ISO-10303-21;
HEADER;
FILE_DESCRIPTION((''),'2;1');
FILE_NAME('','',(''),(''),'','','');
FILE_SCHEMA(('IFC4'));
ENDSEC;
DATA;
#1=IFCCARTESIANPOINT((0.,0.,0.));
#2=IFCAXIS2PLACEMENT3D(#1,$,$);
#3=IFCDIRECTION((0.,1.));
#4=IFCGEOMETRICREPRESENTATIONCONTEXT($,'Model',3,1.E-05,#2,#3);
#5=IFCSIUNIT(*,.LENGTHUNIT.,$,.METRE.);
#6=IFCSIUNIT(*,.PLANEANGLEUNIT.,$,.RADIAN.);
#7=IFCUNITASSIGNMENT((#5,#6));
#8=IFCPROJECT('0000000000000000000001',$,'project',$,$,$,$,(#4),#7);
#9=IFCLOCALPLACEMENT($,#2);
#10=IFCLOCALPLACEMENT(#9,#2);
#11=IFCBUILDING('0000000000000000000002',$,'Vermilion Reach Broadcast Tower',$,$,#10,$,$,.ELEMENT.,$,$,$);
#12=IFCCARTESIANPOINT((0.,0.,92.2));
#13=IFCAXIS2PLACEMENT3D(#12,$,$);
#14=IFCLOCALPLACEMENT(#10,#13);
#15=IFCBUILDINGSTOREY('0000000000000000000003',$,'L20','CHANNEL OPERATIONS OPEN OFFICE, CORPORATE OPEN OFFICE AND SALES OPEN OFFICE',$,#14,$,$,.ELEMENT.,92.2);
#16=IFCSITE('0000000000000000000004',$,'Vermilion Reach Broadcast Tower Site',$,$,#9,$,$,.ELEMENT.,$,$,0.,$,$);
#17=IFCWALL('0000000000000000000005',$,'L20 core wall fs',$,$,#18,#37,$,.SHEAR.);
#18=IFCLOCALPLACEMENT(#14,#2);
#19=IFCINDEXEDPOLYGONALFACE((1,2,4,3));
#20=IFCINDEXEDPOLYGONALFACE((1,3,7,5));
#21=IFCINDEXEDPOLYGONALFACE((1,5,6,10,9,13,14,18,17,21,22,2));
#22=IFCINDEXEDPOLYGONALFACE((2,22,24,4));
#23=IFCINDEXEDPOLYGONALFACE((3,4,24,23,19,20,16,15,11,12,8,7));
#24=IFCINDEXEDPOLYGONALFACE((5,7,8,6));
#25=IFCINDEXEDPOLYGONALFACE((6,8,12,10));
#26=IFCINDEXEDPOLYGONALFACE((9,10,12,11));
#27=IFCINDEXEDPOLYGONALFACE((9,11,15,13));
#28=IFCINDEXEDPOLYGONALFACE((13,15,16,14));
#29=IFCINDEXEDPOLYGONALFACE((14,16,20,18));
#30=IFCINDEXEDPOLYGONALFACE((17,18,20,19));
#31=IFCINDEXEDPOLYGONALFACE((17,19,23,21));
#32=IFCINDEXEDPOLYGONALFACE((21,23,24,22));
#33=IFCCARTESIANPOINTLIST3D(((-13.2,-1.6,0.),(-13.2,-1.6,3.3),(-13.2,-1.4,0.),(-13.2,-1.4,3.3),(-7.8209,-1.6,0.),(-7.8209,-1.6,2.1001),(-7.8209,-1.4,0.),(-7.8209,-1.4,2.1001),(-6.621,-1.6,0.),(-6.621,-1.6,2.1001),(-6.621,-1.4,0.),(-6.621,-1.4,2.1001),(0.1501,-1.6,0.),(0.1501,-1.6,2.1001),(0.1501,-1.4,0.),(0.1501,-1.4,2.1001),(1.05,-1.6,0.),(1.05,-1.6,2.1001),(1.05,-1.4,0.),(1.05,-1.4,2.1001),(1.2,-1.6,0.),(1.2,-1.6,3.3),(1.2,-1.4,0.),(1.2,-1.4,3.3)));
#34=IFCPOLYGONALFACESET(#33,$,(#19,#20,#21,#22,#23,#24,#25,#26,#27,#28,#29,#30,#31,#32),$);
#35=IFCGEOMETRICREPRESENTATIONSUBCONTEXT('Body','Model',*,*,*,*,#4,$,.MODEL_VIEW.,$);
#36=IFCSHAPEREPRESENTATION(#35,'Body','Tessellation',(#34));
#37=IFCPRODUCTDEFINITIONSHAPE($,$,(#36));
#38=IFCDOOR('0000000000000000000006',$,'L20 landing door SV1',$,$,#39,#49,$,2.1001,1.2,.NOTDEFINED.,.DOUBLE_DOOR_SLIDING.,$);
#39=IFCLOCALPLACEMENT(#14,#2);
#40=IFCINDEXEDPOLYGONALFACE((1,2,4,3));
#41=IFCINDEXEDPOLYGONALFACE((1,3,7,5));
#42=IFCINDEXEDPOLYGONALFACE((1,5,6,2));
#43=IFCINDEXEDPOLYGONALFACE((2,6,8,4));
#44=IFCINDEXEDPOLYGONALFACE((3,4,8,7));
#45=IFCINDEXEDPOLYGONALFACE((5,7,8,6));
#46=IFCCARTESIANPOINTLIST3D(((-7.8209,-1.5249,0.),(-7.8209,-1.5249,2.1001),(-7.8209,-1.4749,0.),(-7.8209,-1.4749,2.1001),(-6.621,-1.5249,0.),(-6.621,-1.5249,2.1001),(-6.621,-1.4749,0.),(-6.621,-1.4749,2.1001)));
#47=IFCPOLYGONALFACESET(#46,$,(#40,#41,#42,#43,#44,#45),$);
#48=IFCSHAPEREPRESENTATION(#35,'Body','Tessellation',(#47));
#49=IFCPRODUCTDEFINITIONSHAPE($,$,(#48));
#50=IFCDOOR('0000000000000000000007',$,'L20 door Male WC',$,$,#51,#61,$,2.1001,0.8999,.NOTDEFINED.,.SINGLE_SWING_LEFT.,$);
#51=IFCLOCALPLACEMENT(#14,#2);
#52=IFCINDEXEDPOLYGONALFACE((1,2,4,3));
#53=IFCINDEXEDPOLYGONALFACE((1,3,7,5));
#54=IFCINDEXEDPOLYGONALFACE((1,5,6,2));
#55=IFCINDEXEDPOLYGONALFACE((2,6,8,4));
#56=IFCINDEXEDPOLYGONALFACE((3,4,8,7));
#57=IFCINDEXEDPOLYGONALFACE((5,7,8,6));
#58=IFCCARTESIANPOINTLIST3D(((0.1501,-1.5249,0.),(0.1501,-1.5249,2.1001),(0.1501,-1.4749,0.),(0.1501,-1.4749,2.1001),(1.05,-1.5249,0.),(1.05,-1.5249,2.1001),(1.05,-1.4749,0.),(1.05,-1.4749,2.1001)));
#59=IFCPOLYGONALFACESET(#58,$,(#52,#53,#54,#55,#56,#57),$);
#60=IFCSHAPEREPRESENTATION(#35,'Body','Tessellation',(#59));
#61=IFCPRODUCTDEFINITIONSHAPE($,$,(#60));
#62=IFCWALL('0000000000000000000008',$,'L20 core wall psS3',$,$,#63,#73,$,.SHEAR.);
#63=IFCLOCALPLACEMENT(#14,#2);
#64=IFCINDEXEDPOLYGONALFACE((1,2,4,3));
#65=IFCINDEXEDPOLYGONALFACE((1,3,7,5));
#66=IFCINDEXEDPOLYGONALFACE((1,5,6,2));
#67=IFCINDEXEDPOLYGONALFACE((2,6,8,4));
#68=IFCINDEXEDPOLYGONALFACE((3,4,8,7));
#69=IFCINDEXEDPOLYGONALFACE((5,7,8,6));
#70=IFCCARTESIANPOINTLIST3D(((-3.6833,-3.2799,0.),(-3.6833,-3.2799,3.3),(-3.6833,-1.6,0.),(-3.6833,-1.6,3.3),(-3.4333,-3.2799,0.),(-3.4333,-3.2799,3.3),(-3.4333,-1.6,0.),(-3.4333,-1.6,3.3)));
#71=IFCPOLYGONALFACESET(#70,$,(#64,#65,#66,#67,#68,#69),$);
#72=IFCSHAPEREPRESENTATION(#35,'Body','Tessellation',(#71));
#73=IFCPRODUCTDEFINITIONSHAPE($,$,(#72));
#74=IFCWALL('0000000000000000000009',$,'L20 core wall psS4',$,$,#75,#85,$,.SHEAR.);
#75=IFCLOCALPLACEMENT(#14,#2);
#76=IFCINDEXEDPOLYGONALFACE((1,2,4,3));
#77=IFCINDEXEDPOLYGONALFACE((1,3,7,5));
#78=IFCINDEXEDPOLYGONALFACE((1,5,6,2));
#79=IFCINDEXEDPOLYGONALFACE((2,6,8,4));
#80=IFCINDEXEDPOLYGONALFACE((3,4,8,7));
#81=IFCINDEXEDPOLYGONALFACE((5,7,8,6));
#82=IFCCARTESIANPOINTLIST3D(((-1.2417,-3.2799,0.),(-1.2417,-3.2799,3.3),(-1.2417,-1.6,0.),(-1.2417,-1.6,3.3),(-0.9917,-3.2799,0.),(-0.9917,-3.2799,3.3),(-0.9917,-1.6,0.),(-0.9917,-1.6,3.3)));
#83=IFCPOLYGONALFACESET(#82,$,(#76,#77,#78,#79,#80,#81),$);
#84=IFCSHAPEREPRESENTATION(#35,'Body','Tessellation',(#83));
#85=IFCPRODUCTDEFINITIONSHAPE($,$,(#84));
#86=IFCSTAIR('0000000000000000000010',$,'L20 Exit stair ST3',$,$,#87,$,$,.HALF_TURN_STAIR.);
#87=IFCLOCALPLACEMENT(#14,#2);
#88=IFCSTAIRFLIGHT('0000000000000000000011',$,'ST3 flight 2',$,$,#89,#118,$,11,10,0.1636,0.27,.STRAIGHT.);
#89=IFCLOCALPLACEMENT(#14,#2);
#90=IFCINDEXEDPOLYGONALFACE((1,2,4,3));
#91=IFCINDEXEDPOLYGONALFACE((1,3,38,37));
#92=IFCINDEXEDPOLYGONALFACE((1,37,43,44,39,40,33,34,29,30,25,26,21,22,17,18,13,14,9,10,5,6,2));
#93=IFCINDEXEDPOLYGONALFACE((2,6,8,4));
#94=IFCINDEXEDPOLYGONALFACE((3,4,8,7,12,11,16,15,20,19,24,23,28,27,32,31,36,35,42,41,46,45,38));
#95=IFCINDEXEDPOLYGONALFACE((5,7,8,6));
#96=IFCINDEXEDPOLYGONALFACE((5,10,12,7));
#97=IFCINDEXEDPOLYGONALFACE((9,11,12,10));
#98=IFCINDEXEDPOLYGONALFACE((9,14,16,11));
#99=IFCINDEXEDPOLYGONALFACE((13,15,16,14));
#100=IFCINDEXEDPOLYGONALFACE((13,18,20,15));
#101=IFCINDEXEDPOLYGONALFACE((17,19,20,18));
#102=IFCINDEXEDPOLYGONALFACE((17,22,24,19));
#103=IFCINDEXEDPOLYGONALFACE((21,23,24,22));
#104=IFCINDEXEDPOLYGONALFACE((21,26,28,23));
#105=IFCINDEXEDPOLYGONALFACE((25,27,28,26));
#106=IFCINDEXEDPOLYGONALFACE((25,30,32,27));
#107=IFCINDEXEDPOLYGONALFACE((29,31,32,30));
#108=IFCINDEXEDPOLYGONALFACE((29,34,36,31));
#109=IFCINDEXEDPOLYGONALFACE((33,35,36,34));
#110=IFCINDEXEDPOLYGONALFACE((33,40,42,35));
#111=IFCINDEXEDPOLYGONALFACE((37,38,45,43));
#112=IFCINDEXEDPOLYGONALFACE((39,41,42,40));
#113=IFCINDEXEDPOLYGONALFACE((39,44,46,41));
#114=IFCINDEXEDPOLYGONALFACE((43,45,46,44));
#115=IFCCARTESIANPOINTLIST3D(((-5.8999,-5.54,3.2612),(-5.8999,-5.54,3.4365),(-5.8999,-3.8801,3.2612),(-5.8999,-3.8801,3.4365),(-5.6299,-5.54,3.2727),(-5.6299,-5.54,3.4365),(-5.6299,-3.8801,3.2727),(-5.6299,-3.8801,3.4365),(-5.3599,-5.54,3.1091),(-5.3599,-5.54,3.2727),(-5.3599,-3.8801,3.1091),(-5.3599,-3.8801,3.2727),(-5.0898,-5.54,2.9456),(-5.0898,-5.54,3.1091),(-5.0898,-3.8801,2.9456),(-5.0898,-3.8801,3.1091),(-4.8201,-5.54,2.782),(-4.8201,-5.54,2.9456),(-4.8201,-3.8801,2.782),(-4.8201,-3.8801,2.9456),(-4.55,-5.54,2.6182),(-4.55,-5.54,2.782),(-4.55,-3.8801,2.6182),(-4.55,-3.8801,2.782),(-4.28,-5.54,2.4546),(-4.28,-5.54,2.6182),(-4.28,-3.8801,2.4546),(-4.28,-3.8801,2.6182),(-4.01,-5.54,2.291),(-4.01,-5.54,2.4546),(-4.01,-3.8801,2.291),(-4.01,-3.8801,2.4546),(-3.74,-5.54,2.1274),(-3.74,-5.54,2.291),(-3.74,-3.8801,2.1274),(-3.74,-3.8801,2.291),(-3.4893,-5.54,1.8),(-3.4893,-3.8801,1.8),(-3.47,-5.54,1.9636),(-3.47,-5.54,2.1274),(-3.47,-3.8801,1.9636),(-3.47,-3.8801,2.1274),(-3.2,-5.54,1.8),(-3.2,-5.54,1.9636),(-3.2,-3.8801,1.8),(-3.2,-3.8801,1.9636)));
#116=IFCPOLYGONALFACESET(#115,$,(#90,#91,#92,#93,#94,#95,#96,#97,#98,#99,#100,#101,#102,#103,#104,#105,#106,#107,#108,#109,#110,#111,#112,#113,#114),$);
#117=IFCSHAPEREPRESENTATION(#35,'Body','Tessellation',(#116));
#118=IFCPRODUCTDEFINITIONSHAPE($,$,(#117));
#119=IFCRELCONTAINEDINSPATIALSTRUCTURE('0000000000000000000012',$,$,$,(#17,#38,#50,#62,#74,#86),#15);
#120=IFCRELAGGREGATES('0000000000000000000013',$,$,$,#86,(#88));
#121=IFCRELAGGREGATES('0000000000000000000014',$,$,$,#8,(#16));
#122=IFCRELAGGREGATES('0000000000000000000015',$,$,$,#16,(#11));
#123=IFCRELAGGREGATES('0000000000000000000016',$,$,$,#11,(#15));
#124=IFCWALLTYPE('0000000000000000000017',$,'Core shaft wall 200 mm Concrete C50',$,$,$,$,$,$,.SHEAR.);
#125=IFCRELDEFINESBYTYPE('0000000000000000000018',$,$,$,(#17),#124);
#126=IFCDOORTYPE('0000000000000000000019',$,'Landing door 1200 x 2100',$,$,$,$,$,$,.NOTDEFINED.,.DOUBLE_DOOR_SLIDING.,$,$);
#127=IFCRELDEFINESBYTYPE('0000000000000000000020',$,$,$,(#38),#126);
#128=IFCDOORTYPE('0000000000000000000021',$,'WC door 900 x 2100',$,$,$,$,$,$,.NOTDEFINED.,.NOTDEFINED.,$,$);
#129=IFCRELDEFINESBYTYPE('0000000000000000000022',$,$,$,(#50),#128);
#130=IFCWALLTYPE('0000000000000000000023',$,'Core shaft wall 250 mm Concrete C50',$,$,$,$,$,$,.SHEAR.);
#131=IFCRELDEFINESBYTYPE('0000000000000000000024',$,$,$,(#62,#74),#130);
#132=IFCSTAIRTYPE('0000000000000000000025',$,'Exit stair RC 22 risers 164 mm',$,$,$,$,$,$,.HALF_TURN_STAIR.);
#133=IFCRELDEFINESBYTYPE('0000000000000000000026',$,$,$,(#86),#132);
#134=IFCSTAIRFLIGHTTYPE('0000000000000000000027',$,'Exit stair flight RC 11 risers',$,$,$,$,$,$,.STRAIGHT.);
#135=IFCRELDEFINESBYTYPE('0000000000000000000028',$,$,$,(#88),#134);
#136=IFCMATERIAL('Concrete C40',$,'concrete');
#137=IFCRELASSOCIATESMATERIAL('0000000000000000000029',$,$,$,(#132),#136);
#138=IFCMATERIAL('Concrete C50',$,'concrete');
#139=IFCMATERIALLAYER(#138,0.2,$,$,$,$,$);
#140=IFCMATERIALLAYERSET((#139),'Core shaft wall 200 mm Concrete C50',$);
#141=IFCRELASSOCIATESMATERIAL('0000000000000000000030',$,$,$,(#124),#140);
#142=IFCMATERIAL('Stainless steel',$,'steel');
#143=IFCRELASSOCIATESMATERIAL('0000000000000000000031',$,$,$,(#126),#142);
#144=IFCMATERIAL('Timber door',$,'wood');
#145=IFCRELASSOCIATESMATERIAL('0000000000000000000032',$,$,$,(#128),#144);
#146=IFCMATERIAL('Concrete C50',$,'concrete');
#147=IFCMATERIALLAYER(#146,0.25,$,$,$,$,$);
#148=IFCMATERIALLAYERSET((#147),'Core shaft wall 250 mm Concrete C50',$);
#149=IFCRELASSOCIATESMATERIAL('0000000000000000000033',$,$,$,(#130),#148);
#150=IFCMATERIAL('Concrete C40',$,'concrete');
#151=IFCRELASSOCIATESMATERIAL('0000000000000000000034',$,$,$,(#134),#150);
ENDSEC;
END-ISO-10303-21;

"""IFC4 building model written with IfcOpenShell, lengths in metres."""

from ifc_helpers import new_model, si_unit, direction, frame, frame_2d, origin, place, context, subcontext, project, spatial, polyline, rectangle, outline, extrude, material, layer, layer_set, type_object, element, fill, aggregate, save


model = new_model("IFC4")

# Units and contexts
model_context = context("Model", 3, precision=1e-05, world=origin(), true_north=direction((0.0, 1.0)))
body_context = subcontext(model_context, "Body", "Model", "MODEL_VIEW")
ifc_project = project(units=[si_unit("LENGTHUNIT", "METRE"), si_unit("PLANEANGLEUNIT", "RADIAN")], contexts=[model_context])

# Site, building, storey
site_placement = place(None, origin())
site = spatial("IfcSite", under=ifc_project, at=site_placement, Name="Vermilion Reach Broadcast Tower Site", CompositionType="ELEMENT", RefElevation=0.0)
building_placement = place(site_placement, origin())
building = spatial("IfcBuilding", under=site, at=building_placement, Name="Vermilion Reach Broadcast Tower", CompositionType="ELEMENT")
storey_placement = place(building_placement, frame((0.0, 0.0, 92.2)))
storey = spatial("IfcBuildingStorey", under=building, at=storey_placement, Name="L20", Description="CHANNEL OPERATIONS OPEN OFFICE, CORPORATE OPEN OFFICE AND SALES OPEN OFFICE", CompositionType="ELEMENT", Elevation=92.2)

# Shared definitions
ifc_material_1 = material(Name="Concrete C40", Category="concrete")
stair_type = type_object("IfcStairType", Name="Exit stair RC 22 risers 164 mm", PredefinedType="HALF_TURN_STAIR", material=ifc_material_1)
placement_1 = place(storey_placement, origin())

# Wall, openings, doors
ifc_material_2 = material(Name="Concrete C50", Category="concrete")
ifc_layer_1 = layer(ifc_material_2, 0.2)
ifc_layer_set_1 = layer_set([ifc_layer_1], Name="Core shaft wall 200 mm Concrete C50")
wall_type_1 = type_object("IfcWallType", Name="Core shaft wall 200 mm Concrete C50", PredefinedType="SHEAR", material=ifc_layer_set_1)
wall_1_placement = place(storey_placement, frame((1.2, -1.5, 0.0), z_axis=(0.0, 0.0, 1.0), x_axis=(-1.0, 0.0, 0.0)))
wall_1 = element("IfcWall", 1, at=wall_1_placement, inside=storey, type_object=wall_type_1, Name="L20 core wall fs", PredefinedType="SHEAR", context=body_context, shape_type="SweptSolid", body=[
    extrude(rectangle(XDim=14.3999, YDim=0.2, at=frame_2d((7.2, 0.0))), origin(), (0.0, 0.0, 1.0), 3.3),
])
opening_1_placement = place(wall_1_placement, frame((7.8208, 0.0, 0.0)))
opening_1 = element("IfcOpeningElement", 2, at=opening_1_placement, cuts=wall_1, PredefinedType="OPENING", context=body_context, shape_type="SweptSolid", body=[
    extrude(rectangle(XDim=1.2, YDim=2.1001, at=frame_2d((0.6001, 1.05))), frame((0.0, 0.1099, 0.0), z_axis=(0.0, -1.0, 0.0), x_axis=(1.0, 0.0, 0.0)), (0.0, 0.0, 1.0), 0.22),
])
opening_2_placement = place(wall_1_placement, frame((0.1499, 0.0, 0.0)))
opening_2 = element("IfcOpeningElement", 3, at=opening_2_placement, cuts=wall_1, PredefinedType="OPENING", context=body_context, shape_type="SweptSolid", body=[
    extrude(rectangle(XDim=0.8999, YDim=2.1001, at=frame_2d((0.45, 1.05))), frame((0.0, 0.1099, 0.0), z_axis=(0.0, -1.0, 0.0), x_axis=(1.0, 0.0, 0.0)), (0.0, 0.0, 1.0), 0.22),
])
ifc_material_3 = material(Name="Stainless steel", Category="steel")
door_type_1 = type_object("IfcDoorType", Name="Landing door 1200 x 2100", OperationType="DOUBLE_DOOR_SLIDING", PredefinedType="NOTDEFINED", material=ifc_material_3)
door_1_placement = place(opening_1_placement, origin())
door_1 = element("IfcDoor", 4, at=door_1_placement, inside=storey, type_object=door_type_1, Name="L20 landing door SV1", OperationType="DOUBLE_DOOR_SLIDING", OverallHeight=2.1001, OverallWidth=1.2, PredefinedType="NOTDEFINED", context=body_context, shape_type="SweptSolid", body=[
    extrude(rectangle(XDim=1.2, YDim=2.1001, at=frame_2d((0.6001, 1.05))), frame((0.0, 0.0249, 0.0), z_axis=(0.0, -1.0, 0.0), x_axis=(1.0, 0.0, 0.0)), (0.0, 0.0, 1.0), 0.05),
])
fill(opening_1, door_1)
ifc_material_4 = material(Name="Timber door", Category="wood")
door_type_2 = type_object("IfcDoorType", Name="WC door 900 x 2100", OperationType="NOTDEFINED", PredefinedType="NOTDEFINED", material=ifc_material_4)
door_2_placement = place(opening_2_placement, origin())
door_2 = element("IfcDoor", 5, at=door_2_placement, inside=storey, type_object=door_type_2, Name="L20 door Male WC", OperationType="SINGLE_SWING_LEFT", OverallHeight=2.1001, OverallWidth=0.8999, PredefinedType="NOTDEFINED", context=body_context, shape_type="SweptSolid", body=[
    extrude(rectangle(XDim=0.8999, YDim=2.1001, at=frame_2d((0.45, 1.05))), frame((0.0, 0.0249, 0.0), z_axis=(0.0, -1.0, 0.0), x_axis=(1.0, 0.0, 0.0)), (0.0, 0.0, 1.0), 0.05),
])
fill(opening_2, door_2)

# Walls
ifc_material_5 = material(Name="Concrete C50", Category="concrete")
ifc_layer_2 = layer(ifc_material_5, 0.25)
ifc_layer_set_2 = layer_set([ifc_layer_2], Name="Core shaft wall 250 mm Concrete C50")
wall_type_2 = type_object("IfcWallType", Name="Core shaft wall 250 mm Concrete C50", PredefinedType="SHEAR", material=ifc_layer_set_2)
for number, where, z_axis, x_axis, name in (
    (6, (-3.5583, -1.6001, 0.0), (0.0, 0.0, 1.0), (0.0, -1.0, 0.0), "L20 core wall psS3"),
    (7, (-1.1167, -1.6001, 0.0), (0.0, 0.0, 1.0), (0.0, -1.0, 0.0), "L20 core wall psS4"),
):
    element("IfcWall", number, at=place(storey_placement, frame(where, z_axis=z_axis, x_axis=x_axis)), inside=storey, type_object=wall_type_2, Name=name, PredefinedType="SHEAR", context=body_context, shape_type="SweptSolid", body=[
        extrude(rectangle(XDim=1.6799, YDim=0.25, at=frame_2d((0.8398, 0.0))), origin(), (0.0, 0.0, 1.0), 3.3),
    ])

# Stair, stair flight
stair_1 = element("IfcStair", 8, at=placement_1, inside=storey, type_object=stair_type, Name="L20 Exit stair ST3", PredefinedType="HALF_TURN_STAIR")
ifc_material_6 = material(Name="Concrete C40", Category="concrete")
stair_flight_type = type_object("IfcStairFlightType", Name="Exit stair flight RC 11 risers", PredefinedType="STRAIGHT", material=ifc_material_6)
stair_flight_placement = place(storey_placement, frame((-3.2, -4.71, 1.8), z_axis=(0.0, 0.0, 1.0), x_axis=(-1.0, 0.0, 0.0)))
stair_flight = element("IfcStairFlight", 9, at=stair_flight_placement, type_object=stair_flight_type, Name="ST3 flight 2", NumberOfRisers=11, NumberOfTreads=10, PredefinedType="STRAIGHT", RiserHeight=0.1636, TreadLength=0.27, context=body_context, shape_type="SweptSolid", body=[
    extrude(outline(polyline([(0.0, 0.0), (0.0, 0.1636), (0.27, 0.1636), (0.27, 0.3274), (0.54, 0.3274), (0.54, 0.491), (0.8101, 0.491), (0.8101, 0.6545), (1.0801, 0.6545), (1.0801, 0.8181), (1.3501, 0.8181), (1.3501, 0.9819), (1.6201, 0.9819), (1.6201, 1.1455), (1.8899, 1.1455), (1.8899, 1.3091), (2.1599, 1.3091), (2.1599, 1.4727), (2.4299, 1.4727), (2.4299, 1.6365), (2.7, 1.6365), (2.7, 1.8), (2.7, 1.4612), (0.2893, 0.0), (0.0, 0.0)])), frame((0.0, 0.8301, 0.0), z_axis=(0.0, -1.0, 0.0), x_axis=(1.0, 0.0, 0.0)), (0.0, 0.0, 1.0), 1.6599),
])
aggregate(stair_1, [stair_flight])

save(model, "model.ifc")
